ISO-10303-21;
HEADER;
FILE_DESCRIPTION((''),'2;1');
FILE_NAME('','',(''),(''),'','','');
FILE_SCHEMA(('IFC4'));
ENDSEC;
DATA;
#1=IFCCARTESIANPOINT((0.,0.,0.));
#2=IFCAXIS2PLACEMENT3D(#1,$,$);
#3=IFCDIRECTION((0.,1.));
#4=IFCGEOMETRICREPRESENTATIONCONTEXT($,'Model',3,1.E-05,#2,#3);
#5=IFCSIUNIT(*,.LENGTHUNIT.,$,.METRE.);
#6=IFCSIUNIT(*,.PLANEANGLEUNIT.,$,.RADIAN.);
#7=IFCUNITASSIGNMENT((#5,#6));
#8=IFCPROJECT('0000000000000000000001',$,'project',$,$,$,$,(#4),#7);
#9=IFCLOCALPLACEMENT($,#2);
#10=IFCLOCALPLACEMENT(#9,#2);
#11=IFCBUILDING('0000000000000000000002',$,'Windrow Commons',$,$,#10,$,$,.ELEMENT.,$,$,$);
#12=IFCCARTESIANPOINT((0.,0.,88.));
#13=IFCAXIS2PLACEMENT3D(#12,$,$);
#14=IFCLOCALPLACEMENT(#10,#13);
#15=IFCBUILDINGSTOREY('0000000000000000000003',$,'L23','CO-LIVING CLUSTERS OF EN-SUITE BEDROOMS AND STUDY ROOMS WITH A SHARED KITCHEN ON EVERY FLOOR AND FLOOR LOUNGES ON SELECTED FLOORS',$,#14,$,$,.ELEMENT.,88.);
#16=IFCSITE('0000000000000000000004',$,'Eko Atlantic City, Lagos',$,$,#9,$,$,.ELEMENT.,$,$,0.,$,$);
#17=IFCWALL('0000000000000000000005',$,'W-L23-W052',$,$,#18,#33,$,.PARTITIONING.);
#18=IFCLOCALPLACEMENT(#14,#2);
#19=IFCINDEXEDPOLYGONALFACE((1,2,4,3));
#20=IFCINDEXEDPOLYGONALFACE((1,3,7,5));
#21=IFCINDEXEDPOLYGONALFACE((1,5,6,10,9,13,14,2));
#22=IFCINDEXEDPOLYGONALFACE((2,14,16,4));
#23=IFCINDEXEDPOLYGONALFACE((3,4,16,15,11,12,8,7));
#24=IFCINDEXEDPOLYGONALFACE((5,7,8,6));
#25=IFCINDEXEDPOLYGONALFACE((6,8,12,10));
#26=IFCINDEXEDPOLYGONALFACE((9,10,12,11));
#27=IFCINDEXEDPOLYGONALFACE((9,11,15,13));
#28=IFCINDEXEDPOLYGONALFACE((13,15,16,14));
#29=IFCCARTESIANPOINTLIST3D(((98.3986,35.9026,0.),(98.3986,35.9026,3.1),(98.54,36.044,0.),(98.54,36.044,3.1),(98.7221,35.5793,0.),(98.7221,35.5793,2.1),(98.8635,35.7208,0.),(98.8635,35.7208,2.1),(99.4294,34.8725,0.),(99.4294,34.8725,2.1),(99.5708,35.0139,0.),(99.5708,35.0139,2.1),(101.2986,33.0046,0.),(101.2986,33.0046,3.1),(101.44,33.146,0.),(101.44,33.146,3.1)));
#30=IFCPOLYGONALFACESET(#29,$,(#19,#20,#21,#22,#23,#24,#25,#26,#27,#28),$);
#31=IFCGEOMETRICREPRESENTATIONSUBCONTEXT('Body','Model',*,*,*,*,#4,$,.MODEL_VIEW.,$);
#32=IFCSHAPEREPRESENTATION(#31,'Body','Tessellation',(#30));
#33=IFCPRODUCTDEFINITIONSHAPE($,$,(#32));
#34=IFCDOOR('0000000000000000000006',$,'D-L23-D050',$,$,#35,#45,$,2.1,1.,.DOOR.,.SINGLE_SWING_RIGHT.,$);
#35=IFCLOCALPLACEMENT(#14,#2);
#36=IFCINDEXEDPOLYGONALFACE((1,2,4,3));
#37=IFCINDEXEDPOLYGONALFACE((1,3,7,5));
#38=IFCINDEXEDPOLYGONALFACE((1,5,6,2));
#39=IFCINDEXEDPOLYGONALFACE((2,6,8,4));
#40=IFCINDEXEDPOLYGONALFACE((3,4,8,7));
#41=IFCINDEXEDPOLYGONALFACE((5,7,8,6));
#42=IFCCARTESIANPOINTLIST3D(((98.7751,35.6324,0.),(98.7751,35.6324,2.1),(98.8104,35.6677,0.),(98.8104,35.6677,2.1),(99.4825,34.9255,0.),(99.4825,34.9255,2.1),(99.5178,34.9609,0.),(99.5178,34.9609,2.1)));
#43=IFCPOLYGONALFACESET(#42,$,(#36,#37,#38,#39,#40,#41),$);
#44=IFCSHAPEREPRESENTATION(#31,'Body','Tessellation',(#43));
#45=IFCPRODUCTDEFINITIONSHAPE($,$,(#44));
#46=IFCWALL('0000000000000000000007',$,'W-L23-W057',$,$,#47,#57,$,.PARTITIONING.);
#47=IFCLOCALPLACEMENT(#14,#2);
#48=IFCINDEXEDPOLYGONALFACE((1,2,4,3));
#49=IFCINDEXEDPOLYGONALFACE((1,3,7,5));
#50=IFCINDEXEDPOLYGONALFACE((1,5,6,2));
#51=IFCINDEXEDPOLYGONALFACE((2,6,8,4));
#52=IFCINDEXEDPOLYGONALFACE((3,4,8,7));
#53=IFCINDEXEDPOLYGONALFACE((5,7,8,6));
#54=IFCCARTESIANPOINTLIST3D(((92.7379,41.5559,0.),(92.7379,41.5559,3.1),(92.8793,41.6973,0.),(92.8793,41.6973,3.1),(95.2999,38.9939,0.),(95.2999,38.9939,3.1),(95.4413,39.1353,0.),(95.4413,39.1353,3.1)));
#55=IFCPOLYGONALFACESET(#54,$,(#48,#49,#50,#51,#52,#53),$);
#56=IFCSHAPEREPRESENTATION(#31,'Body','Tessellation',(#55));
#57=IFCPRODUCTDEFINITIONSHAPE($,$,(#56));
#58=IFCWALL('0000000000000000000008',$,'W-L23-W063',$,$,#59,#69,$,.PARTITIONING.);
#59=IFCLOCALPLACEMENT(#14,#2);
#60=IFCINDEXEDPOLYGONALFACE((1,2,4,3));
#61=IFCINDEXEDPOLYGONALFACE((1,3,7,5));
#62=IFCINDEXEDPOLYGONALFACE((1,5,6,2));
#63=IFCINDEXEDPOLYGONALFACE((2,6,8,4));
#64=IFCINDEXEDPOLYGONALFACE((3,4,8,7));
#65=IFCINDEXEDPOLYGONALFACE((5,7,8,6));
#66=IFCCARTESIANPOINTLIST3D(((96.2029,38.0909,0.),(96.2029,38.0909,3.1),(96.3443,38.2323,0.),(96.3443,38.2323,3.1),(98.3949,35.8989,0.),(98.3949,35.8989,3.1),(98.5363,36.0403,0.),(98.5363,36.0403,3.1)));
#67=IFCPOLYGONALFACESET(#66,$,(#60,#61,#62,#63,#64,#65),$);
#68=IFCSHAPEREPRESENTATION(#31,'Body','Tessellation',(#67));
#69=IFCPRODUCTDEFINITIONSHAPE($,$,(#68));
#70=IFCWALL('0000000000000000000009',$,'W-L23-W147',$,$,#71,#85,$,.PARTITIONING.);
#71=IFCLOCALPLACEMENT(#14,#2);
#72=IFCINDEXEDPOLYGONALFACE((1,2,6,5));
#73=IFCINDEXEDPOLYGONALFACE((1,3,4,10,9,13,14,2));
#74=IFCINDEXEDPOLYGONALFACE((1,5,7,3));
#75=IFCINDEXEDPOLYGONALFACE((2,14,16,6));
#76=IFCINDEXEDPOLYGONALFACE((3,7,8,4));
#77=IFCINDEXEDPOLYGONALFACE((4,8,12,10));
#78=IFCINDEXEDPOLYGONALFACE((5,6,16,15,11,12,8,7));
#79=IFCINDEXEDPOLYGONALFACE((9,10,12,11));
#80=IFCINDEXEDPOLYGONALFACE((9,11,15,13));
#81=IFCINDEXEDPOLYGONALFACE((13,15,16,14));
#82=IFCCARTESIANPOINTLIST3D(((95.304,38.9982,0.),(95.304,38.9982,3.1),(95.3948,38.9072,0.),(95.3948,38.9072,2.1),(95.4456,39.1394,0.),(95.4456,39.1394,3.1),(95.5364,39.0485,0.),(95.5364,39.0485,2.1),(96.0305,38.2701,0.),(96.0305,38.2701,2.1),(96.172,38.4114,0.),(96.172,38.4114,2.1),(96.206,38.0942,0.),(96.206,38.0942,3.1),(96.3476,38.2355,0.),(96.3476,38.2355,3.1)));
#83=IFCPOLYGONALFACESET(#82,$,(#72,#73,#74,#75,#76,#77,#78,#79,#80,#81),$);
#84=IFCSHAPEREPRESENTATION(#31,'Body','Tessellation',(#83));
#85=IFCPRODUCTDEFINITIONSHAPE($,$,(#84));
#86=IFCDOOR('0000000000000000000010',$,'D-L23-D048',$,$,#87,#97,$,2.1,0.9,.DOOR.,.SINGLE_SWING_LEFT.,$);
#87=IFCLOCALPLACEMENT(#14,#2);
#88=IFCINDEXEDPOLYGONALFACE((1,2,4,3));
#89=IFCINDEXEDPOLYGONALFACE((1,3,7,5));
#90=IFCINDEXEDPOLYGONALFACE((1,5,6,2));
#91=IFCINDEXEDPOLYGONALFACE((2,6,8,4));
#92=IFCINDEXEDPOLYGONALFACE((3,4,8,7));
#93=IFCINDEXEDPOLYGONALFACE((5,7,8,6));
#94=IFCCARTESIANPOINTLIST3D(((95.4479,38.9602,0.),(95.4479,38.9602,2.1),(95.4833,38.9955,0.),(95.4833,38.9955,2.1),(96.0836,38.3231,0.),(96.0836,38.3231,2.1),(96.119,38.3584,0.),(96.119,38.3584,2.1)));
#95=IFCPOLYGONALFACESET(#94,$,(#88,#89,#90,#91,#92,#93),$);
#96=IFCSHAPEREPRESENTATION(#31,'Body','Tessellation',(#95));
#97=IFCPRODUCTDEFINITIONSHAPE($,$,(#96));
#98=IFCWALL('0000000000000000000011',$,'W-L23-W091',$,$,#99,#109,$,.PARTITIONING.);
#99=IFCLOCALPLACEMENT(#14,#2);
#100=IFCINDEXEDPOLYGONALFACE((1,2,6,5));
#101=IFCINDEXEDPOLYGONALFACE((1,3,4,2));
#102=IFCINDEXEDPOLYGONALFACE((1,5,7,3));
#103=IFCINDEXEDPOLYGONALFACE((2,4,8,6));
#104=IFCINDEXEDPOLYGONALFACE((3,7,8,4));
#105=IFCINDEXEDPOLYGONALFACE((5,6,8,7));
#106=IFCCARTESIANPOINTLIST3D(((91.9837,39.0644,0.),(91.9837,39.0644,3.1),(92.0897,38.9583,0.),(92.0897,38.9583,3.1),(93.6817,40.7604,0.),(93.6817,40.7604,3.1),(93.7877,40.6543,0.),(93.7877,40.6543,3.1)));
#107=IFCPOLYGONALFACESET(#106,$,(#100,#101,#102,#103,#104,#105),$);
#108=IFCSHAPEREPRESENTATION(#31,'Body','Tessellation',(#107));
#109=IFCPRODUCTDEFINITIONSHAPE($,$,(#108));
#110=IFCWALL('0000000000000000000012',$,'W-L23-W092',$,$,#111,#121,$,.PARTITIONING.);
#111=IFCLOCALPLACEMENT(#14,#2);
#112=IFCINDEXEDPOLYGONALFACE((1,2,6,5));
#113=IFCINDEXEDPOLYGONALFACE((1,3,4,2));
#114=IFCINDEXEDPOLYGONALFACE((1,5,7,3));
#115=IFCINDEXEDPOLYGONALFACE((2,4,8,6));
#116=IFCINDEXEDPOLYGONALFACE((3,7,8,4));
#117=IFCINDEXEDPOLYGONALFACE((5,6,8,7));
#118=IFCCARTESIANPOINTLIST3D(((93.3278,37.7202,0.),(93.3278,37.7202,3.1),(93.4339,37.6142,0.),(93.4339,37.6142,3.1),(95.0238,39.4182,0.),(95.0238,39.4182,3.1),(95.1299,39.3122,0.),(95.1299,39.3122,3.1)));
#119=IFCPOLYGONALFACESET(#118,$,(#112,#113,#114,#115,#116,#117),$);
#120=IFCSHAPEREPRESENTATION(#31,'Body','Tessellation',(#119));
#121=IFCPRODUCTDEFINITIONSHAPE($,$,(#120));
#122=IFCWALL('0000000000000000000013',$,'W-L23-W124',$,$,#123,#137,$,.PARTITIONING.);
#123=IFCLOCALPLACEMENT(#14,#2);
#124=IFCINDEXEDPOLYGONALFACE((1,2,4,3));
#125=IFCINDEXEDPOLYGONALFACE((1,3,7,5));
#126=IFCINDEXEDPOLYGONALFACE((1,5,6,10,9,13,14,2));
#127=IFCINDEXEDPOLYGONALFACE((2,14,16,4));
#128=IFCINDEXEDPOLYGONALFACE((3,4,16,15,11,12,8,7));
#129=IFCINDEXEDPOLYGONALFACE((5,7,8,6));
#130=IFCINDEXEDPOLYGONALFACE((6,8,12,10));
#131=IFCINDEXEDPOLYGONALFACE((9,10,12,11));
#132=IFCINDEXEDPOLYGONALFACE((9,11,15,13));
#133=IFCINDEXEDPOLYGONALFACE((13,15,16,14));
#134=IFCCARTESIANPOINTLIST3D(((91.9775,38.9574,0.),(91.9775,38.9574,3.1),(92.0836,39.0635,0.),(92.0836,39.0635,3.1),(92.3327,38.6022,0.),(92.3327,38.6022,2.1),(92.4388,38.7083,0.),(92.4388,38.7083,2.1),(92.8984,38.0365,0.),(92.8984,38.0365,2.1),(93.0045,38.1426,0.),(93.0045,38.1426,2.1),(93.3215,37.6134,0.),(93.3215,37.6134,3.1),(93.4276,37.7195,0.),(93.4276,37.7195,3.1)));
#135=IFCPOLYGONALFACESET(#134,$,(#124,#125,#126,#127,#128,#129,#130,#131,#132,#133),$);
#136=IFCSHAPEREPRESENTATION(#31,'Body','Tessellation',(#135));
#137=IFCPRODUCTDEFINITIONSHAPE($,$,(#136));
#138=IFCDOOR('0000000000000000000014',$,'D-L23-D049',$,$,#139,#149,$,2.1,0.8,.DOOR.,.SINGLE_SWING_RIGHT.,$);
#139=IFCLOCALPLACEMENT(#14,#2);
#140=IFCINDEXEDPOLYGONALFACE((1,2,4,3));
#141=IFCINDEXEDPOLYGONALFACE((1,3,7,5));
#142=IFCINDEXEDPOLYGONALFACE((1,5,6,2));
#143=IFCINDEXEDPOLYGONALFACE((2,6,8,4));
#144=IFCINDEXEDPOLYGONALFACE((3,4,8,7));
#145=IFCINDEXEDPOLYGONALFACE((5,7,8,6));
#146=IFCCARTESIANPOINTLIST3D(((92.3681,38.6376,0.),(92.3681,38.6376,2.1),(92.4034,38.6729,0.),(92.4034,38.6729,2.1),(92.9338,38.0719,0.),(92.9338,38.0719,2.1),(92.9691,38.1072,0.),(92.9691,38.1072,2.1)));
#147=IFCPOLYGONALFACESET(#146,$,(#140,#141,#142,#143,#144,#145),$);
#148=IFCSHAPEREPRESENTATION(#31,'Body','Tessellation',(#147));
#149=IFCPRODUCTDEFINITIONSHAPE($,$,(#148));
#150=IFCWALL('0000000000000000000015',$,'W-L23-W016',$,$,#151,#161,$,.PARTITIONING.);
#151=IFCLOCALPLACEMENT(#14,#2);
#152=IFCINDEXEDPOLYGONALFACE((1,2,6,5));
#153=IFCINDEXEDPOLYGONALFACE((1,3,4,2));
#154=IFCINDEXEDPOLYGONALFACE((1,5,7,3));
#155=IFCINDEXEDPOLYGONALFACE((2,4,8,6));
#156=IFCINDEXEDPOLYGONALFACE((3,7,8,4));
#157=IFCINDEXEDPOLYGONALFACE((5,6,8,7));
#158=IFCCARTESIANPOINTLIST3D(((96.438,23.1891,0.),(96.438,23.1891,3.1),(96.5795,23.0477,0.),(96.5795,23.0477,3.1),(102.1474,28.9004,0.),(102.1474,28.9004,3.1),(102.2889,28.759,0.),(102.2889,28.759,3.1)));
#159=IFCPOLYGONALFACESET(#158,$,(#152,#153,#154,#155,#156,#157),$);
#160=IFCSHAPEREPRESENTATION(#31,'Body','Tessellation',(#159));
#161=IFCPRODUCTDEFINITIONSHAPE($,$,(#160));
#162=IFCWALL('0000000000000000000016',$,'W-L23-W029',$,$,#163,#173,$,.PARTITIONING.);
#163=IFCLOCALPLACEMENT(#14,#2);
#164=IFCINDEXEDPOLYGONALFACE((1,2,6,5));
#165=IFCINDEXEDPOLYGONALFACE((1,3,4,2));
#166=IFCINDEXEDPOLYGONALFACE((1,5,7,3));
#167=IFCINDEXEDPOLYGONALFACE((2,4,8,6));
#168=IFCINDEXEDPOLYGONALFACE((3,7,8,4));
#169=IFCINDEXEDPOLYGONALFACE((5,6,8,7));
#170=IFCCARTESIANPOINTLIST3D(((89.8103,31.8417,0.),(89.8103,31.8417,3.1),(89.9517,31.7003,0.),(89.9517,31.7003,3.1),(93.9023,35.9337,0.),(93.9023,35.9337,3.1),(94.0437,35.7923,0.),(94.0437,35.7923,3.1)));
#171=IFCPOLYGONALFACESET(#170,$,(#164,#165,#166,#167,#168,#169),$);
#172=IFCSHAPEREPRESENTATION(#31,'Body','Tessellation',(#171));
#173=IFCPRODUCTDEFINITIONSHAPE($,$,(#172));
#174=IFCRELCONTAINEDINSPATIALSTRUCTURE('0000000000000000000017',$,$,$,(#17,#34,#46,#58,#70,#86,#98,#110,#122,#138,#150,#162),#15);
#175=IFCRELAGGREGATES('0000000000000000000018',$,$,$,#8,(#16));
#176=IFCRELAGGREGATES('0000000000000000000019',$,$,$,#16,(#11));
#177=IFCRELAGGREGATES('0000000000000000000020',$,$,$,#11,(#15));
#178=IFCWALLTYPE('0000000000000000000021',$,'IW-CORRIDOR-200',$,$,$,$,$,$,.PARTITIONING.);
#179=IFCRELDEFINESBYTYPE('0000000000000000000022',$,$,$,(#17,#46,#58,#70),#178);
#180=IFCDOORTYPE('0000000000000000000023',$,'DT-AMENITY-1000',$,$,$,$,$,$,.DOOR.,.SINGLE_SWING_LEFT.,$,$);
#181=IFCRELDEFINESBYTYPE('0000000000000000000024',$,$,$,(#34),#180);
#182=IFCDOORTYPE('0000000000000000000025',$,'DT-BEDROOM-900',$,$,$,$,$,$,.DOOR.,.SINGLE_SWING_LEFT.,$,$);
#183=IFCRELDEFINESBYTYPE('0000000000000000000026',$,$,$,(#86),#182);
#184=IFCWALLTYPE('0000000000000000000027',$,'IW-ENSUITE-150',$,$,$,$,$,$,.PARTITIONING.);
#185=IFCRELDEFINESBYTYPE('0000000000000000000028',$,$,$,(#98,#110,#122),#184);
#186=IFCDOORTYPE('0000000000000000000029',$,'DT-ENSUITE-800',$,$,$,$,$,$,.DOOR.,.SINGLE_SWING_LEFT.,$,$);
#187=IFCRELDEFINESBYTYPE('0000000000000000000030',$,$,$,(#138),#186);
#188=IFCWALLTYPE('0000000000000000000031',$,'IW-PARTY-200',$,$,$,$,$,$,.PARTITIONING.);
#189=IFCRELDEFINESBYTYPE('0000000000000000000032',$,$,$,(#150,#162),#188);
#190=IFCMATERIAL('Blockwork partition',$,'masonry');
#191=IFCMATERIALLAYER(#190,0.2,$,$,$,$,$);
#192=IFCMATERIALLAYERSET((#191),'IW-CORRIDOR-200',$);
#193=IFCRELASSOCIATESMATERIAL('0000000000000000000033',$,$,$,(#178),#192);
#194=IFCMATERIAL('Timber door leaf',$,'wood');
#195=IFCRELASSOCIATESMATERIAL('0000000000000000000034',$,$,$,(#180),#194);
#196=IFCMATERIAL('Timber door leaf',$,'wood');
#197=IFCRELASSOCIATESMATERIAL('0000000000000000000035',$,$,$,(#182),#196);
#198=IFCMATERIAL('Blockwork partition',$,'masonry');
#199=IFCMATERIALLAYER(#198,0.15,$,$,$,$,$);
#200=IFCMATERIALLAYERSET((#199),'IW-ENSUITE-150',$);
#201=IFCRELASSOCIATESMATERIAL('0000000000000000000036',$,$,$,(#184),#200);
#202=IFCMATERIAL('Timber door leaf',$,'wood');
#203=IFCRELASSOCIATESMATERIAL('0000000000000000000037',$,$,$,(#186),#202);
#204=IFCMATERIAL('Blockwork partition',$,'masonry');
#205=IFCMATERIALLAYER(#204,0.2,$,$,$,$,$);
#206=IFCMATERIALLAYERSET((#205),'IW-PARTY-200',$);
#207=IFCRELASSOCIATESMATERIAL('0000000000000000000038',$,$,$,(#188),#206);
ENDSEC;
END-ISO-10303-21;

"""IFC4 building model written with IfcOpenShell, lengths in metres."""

from ifc_helpers import new_model, si_unit, direction, frame, frame_2d, origin, place, context, subcontext, project, spatial, rectangle, extrude, material, layer, layer_set, type_object, element, fill, save


model = new_model("IFC4")

# Units and contexts
model_context = context("Model", 3, precision=1e-05, world=origin(), true_north=direction((0.0, 1.0)))
body_context = subcontext(model_context, "Body", "Model", "MODEL_VIEW")
ifc_project = project(units=[si_unit("LENGTHUNIT", "METRE"), si_unit("PLANEANGLEUNIT", "RADIAN")], contexts=[model_context])

# Site, building, storey
site_placement = place(None, origin())
site = spatial("IfcSite", under=ifc_project, at=site_placement, Name="Eko Atlantic City, Lagos", CompositionType="ELEMENT", RefElevation=0.0)
building_placement = place(site_placement, origin())
building = spatial("IfcBuilding", under=site, at=building_placement, Name="Windrow Commons", CompositionType="ELEMENT")
storey_placement = place(building_placement, frame((0.0, 0.0, 88.0)))
storey = spatial("IfcBuildingStorey", under=building, at=storey_placement, Name="L23", Description="CO-LIVING CLUSTERS OF EN-SUITE BEDROOMS AND STUDY ROOMS WITH A SHARED KITCHEN ON EVERY FLOOR AND FLOOR LOUNGES ON SELECTED FLOORS", CompositionType="ELEMENT", Elevation=88.0)

# Wall, opening, door
ifc_material_1 = material(Name="Blockwork partition", Category="masonry")
ifc_layer_1 = layer(ifc_material_1, 0.2)
ifc_layer_set_1 = layer_set([ifc_layer_1], Name="IW-CORRIDOR-200")
wall_type_1 = type_object("IfcWallType", Name="IW-CORRIDOR-200", PredefinedType="PARTITIONING", material=ifc_layer_set_1)
wall_1_placement = place(storey_placement, frame((98.4693, 35.9733, 0.0), z_axis=(0.0, 0.0, 1.0), x_axis=(0.707351, -0.706863, 0.0)))
wall_1 = element("IfcWall", 1, at=wall_1_placement, inside=storey, type_object=wall_type_1, Name="W-L23-W052", PredefinedType="PARTITIONING", context=body_context, shape_type="SweptSolid", body=[
    extrude(rectangle(XDim=4.0998, YDim=0.2, at=frame_2d((2.0499, 0.0))), origin(), (0.0, 0.0, 1.0), 3.1),
])
opening_1_placement = place(wall_1_placement, frame((0.4573, 0.0, 0.0)))
opening_1 = element("IfcOpeningElement", 2, at=opening_1_placement, cuts=wall_1, PredefinedType="OPENING", context=body_context, shape_type="SweptSolid", body=[
    extrude(rectangle(XDim=1.0, YDim=2.1, at=frame_2d((0.5, 1.05))), frame((0.0, 0.11, 0.0), z_axis=(0.0, -1.0, 0.0), x_axis=(1.0, 0.0, 0.0)), (0.0, 0.0, 1.0), 0.22),
])
ifc_material_2 = material(Name="Timber door leaf", Category="wood")
door_type_1 = type_object("IfcDoorType", Name="DT-AMENITY-1000", OperationType="SINGLE_SWING_LEFT", PredefinedType="DOOR", material=ifc_material_2)
door_1_placement = place(opening_1_placement, origin())
door_1 = element("IfcDoor", 3, at=door_1_placement, inside=storey, type_object=door_type_1, Name="D-L23-D050", OperationType="SINGLE_SWING_RIGHT", OverallHeight=2.1, OverallWidth=1.0, PredefinedType="DOOR", context=body_context, shape_type="SweptSolid", body=[
    extrude(rectangle(XDim=1.0, YDim=2.1, at=frame_2d((0.5, 1.05))), frame((0.0, 0.025, 0.0), z_axis=(0.0, -1.0, 0.0), x_axis=(1.0, 0.0, 0.0)), (0.0, 0.0, 1.0), 0.05),
])
fill(opening_1, door_1)

# Walls
wall_2_placement = place(storey_placement, frame((92.8086, 41.6266, 0.0), z_axis=(0.0, 0.0, 1.0), x_axis=(0.707107, -0.707107, 0.0)))
element("IfcWall", 4, at=wall_2_placement, inside=storey, type_object=wall_type_1, Name="W-L23-W057", PredefinedType="PARTITIONING", context=body_context, shape_type="SweptSolid", body=[
    extrude(rectangle(XDim=3.6232, YDim=0.2, at=frame_2d((1.8116, 0.0))), origin(), (0.0, 0.0, 1.0), 3.1),
])
wall_3_placement = place(storey_placement, frame((96.2736, 38.1616, 0.0), z_axis=(0.0, 0.0, 1.0), x_axis=(0.707107, -0.707107, 0.0)))
element("IfcWall", 5, at=wall_3_placement, inside=storey, type_object=wall_type_1, Name="W-L23-W063", PredefinedType="PARTITIONING", context=body_context, shape_type="SweptSolid", body=[
    extrude(rectangle(XDim=3.1, YDim=0.2, at=frame_2d((1.55, 0.0))), origin(), (0.0, 0.0, 1.0), 3.1),
])

# Wall, opening, door
wall_4_placement = place(storey_placement, frame((95.3748, 39.0688, 0.0), z_axis=(0.0, 0.0, 1.0), x_axis=(0.706323, -0.707889, 0.0)))
wall_4 = element("IfcWall", 6, at=wall_4_placement, inside=storey, type_object=wall_type_1, Name="W-L23-W147", PredefinedType="PARTITIONING", context=body_context, shape_type="SweptSolid", body=[
    extrude(rectangle(XDim=1.277, YDim=0.2, at=frame_2d((0.6385, 0.0))), origin(), (0.0, 0.0, 1.0), 3.1),
])
opening_2_placement = place(wall_4_placement, frame((0.1285, 0.0, 0.0)))
opening_2 = element("IfcOpeningElement", 7, at=opening_2_placement, cuts=wall_4, PredefinedType="OPENING", context=body_context, shape_type="SweptSolid", body=[
    extrude(rectangle(XDim=0.9, YDim=2.1, at=frame_2d((0.45, 1.05))), frame((0.0, 0.11, 0.0), z_axis=(0.0, -1.0, 0.0), x_axis=(1.0, 0.0, 0.0)), (0.0, 0.0, 1.0), 0.22),
])
ifc_material_3 = material(Name="Timber door leaf", Category="wood")
door_type_2 = type_object("IfcDoorType", Name="DT-BEDROOM-900", OperationType="SINGLE_SWING_LEFT", PredefinedType="DOOR", material=ifc_material_3)
door_2_placement = place(opening_2_placement, origin())
door_2 = element("IfcDoor", 8, at=door_2_placement, inside=storey, type_object=door_type_2, Name="D-L23-D048", OperationType="SINGLE_SWING_LEFT", OverallHeight=2.1, OverallWidth=0.9, PredefinedType="DOOR", context=body_context, shape_type="SweptSolid", body=[
    extrude(rectangle(XDim=0.9, YDim=2.1, at=frame_2d((0.45, 1.05))), frame((0.0, 0.025, 0.0), z_axis=(0.0, -1.0, 0.0), x_axis=(1.0, 0.0, 0.0)), (0.0, 0.0, 1.0), 0.05),
])
fill(opening_2, door_2)

# Walls
ifc_material_4 = material(Name="Blockwork partition", Category="masonry")
ifc_layer_2 = layer(ifc_material_4, 0.15)
ifc_layer_set_2 = layer_set([ifc_layer_2], Name="IW-ENSUITE-150")
wall_type_2 = type_object("IfcWallType", Name="IW-ENSUITE-150", PredefinedType="PARTITIONING", material=ifc_layer_set_2)
for number, where, z_axis, x_axis, name in (
    (9, (92.0367, 39.0113, 0.0), (0.0, 0.0, 1.0), (0.707523, 0.70669, 0.0), "W-L23-W091"),
    (10, (93.3808, 37.6672, 0.0), (0.0, 0.0, 1.0), (0.70669, 0.707523, 0.0), "W-L23-W092"),
):
    element("IfcWall", number, at=place(storey_placement, frame(where, z_axis=z_axis, x_axis=x_axis)), inside=storey, type_object=wall_type_2, Name=name, PredefinedType="PARTITIONING", context=body_context, shape_type="SweptSolid", body=[
        extrude(rectangle(XDim=2.3999, YDim=0.15, at=frame_2d((1.2, 0.0))), origin(), (0.0, 0.0, 1.0), 3.1),
    ])

# Wall, opening, door
wall_5_placement = place(storey_placement, frame((92.0305, 39.0105, 0.0), z_axis=(0.0, 0.0, 1.0), x_axis=(0.707107, -0.707107, 0.0)))
wall_5 = element("IfcWall", 11, at=wall_5_placement, inside=storey, type_object=wall_type_2, Name="W-L23-W124", PredefinedType="PARTITIONING", context=body_context, shape_type="SweptSolid", body=[
    extrude(rectangle(XDim=1.9007, YDim=0.15, at=frame_2d((0.9504, 0.0))), origin(), (0.0, 0.0, 1.0), 3.1),
])
opening_3_placement = place(wall_5_placement, frame((0.5024, 0.0, 0.0)))
opening_3 = element("IfcOpeningElement", 12, at=opening_3_placement, cuts=wall_5, PredefinedType="OPENING", context=body_context, shape_type="SweptSolid", body=[
    extrude(rectangle(XDim=0.8, YDim=2.1, at=frame_2d((0.4, 1.05))), frame((0.0, 0.085, 0.0), z_axis=(0.0, -1.0, 0.0), x_axis=(1.0, 0.0, 0.0)), (0.0, 0.0, 1.0), 0.17),
])
ifc_material_5 = material(Name="Timber door leaf", Category="wood")
door_type_3 = type_object("IfcDoorType", Name="DT-ENSUITE-800", OperationType="SINGLE_SWING_LEFT", PredefinedType="DOOR", material=ifc_material_5)
door_3_placement = place(opening_3_placement, origin())
door_3 = element("IfcDoor", 13, at=door_3_placement, inside=storey, type_object=door_type_3, Name="D-L23-D049", OperationType="SINGLE_SWING_RIGHT", OverallHeight=2.1, OverallWidth=0.8, PredefinedType="DOOR", context=body_context, shape_type="SweptSolid", body=[
    extrude(rectangle(XDim=0.8, YDim=2.1, at=frame_2d((0.4, 1.05))), frame((0.0, 0.025, 0.0), z_axis=(0.0, -1.0, 0.0), x_axis=(1.0, 0.0, 0.0)), (0.0, 0.0, 1.0), 0.05),
])
fill(opening_3, door_3)

# Walls
ifc_material_6 = material(Name="Blockwork partition", Category="masonry")
ifc_layer_3 = layer(ifc_material_6, 0.2)
ifc_layer_set_3 = layer_set([ifc_layer_3], Name="IW-PARTY-200")
wall_type_3 = type_object("IfcWallType", Name="IW-PARTY-200", PredefinedType="PARTITIONING", material=ifc_layer_set_3)
wall_6_placement = place(storey_placement, frame((96.5088, 23.1184, 0.0), z_axis=(0.0, 0.0, 1.0), x_axis=(0.706983, 0.707231, 0.0)))
element("IfcWall", 14, at=wall_6_placement, inside=storey, type_object=wall_type_3, Name="W-L23-W016", PredefinedType="PARTITIONING", context=body_context, shape_type="SweptSolid", body=[
    extrude(rectangle(XDim=8.0757, YDim=0.2, at=frame_2d((4.0378, 0.0))), origin(), (0.0, 0.0, 1.0), 3.1),
])
wall_7_placement = place(storey_placement, frame((89.881, 31.771, 0.0), z_axis=(0.0, 0.0, 1.0), x_axis=(0.707107, 0.707107, 0.0)))
element("IfcWall", 15, at=wall_7_placement, inside=storey, type_object=wall_type_3, Name="W-L23-W029", PredefinedType="PARTITIONING", context=body_context, shape_type="SweptSolid", body=[
    extrude(rectangle(XDim=5.787, YDim=0.2, at=frame_2d((2.8935, 0.0))), origin(), (0.0, 0.0, 1.0), 3.1),
])

save(model, "model.ifc")
